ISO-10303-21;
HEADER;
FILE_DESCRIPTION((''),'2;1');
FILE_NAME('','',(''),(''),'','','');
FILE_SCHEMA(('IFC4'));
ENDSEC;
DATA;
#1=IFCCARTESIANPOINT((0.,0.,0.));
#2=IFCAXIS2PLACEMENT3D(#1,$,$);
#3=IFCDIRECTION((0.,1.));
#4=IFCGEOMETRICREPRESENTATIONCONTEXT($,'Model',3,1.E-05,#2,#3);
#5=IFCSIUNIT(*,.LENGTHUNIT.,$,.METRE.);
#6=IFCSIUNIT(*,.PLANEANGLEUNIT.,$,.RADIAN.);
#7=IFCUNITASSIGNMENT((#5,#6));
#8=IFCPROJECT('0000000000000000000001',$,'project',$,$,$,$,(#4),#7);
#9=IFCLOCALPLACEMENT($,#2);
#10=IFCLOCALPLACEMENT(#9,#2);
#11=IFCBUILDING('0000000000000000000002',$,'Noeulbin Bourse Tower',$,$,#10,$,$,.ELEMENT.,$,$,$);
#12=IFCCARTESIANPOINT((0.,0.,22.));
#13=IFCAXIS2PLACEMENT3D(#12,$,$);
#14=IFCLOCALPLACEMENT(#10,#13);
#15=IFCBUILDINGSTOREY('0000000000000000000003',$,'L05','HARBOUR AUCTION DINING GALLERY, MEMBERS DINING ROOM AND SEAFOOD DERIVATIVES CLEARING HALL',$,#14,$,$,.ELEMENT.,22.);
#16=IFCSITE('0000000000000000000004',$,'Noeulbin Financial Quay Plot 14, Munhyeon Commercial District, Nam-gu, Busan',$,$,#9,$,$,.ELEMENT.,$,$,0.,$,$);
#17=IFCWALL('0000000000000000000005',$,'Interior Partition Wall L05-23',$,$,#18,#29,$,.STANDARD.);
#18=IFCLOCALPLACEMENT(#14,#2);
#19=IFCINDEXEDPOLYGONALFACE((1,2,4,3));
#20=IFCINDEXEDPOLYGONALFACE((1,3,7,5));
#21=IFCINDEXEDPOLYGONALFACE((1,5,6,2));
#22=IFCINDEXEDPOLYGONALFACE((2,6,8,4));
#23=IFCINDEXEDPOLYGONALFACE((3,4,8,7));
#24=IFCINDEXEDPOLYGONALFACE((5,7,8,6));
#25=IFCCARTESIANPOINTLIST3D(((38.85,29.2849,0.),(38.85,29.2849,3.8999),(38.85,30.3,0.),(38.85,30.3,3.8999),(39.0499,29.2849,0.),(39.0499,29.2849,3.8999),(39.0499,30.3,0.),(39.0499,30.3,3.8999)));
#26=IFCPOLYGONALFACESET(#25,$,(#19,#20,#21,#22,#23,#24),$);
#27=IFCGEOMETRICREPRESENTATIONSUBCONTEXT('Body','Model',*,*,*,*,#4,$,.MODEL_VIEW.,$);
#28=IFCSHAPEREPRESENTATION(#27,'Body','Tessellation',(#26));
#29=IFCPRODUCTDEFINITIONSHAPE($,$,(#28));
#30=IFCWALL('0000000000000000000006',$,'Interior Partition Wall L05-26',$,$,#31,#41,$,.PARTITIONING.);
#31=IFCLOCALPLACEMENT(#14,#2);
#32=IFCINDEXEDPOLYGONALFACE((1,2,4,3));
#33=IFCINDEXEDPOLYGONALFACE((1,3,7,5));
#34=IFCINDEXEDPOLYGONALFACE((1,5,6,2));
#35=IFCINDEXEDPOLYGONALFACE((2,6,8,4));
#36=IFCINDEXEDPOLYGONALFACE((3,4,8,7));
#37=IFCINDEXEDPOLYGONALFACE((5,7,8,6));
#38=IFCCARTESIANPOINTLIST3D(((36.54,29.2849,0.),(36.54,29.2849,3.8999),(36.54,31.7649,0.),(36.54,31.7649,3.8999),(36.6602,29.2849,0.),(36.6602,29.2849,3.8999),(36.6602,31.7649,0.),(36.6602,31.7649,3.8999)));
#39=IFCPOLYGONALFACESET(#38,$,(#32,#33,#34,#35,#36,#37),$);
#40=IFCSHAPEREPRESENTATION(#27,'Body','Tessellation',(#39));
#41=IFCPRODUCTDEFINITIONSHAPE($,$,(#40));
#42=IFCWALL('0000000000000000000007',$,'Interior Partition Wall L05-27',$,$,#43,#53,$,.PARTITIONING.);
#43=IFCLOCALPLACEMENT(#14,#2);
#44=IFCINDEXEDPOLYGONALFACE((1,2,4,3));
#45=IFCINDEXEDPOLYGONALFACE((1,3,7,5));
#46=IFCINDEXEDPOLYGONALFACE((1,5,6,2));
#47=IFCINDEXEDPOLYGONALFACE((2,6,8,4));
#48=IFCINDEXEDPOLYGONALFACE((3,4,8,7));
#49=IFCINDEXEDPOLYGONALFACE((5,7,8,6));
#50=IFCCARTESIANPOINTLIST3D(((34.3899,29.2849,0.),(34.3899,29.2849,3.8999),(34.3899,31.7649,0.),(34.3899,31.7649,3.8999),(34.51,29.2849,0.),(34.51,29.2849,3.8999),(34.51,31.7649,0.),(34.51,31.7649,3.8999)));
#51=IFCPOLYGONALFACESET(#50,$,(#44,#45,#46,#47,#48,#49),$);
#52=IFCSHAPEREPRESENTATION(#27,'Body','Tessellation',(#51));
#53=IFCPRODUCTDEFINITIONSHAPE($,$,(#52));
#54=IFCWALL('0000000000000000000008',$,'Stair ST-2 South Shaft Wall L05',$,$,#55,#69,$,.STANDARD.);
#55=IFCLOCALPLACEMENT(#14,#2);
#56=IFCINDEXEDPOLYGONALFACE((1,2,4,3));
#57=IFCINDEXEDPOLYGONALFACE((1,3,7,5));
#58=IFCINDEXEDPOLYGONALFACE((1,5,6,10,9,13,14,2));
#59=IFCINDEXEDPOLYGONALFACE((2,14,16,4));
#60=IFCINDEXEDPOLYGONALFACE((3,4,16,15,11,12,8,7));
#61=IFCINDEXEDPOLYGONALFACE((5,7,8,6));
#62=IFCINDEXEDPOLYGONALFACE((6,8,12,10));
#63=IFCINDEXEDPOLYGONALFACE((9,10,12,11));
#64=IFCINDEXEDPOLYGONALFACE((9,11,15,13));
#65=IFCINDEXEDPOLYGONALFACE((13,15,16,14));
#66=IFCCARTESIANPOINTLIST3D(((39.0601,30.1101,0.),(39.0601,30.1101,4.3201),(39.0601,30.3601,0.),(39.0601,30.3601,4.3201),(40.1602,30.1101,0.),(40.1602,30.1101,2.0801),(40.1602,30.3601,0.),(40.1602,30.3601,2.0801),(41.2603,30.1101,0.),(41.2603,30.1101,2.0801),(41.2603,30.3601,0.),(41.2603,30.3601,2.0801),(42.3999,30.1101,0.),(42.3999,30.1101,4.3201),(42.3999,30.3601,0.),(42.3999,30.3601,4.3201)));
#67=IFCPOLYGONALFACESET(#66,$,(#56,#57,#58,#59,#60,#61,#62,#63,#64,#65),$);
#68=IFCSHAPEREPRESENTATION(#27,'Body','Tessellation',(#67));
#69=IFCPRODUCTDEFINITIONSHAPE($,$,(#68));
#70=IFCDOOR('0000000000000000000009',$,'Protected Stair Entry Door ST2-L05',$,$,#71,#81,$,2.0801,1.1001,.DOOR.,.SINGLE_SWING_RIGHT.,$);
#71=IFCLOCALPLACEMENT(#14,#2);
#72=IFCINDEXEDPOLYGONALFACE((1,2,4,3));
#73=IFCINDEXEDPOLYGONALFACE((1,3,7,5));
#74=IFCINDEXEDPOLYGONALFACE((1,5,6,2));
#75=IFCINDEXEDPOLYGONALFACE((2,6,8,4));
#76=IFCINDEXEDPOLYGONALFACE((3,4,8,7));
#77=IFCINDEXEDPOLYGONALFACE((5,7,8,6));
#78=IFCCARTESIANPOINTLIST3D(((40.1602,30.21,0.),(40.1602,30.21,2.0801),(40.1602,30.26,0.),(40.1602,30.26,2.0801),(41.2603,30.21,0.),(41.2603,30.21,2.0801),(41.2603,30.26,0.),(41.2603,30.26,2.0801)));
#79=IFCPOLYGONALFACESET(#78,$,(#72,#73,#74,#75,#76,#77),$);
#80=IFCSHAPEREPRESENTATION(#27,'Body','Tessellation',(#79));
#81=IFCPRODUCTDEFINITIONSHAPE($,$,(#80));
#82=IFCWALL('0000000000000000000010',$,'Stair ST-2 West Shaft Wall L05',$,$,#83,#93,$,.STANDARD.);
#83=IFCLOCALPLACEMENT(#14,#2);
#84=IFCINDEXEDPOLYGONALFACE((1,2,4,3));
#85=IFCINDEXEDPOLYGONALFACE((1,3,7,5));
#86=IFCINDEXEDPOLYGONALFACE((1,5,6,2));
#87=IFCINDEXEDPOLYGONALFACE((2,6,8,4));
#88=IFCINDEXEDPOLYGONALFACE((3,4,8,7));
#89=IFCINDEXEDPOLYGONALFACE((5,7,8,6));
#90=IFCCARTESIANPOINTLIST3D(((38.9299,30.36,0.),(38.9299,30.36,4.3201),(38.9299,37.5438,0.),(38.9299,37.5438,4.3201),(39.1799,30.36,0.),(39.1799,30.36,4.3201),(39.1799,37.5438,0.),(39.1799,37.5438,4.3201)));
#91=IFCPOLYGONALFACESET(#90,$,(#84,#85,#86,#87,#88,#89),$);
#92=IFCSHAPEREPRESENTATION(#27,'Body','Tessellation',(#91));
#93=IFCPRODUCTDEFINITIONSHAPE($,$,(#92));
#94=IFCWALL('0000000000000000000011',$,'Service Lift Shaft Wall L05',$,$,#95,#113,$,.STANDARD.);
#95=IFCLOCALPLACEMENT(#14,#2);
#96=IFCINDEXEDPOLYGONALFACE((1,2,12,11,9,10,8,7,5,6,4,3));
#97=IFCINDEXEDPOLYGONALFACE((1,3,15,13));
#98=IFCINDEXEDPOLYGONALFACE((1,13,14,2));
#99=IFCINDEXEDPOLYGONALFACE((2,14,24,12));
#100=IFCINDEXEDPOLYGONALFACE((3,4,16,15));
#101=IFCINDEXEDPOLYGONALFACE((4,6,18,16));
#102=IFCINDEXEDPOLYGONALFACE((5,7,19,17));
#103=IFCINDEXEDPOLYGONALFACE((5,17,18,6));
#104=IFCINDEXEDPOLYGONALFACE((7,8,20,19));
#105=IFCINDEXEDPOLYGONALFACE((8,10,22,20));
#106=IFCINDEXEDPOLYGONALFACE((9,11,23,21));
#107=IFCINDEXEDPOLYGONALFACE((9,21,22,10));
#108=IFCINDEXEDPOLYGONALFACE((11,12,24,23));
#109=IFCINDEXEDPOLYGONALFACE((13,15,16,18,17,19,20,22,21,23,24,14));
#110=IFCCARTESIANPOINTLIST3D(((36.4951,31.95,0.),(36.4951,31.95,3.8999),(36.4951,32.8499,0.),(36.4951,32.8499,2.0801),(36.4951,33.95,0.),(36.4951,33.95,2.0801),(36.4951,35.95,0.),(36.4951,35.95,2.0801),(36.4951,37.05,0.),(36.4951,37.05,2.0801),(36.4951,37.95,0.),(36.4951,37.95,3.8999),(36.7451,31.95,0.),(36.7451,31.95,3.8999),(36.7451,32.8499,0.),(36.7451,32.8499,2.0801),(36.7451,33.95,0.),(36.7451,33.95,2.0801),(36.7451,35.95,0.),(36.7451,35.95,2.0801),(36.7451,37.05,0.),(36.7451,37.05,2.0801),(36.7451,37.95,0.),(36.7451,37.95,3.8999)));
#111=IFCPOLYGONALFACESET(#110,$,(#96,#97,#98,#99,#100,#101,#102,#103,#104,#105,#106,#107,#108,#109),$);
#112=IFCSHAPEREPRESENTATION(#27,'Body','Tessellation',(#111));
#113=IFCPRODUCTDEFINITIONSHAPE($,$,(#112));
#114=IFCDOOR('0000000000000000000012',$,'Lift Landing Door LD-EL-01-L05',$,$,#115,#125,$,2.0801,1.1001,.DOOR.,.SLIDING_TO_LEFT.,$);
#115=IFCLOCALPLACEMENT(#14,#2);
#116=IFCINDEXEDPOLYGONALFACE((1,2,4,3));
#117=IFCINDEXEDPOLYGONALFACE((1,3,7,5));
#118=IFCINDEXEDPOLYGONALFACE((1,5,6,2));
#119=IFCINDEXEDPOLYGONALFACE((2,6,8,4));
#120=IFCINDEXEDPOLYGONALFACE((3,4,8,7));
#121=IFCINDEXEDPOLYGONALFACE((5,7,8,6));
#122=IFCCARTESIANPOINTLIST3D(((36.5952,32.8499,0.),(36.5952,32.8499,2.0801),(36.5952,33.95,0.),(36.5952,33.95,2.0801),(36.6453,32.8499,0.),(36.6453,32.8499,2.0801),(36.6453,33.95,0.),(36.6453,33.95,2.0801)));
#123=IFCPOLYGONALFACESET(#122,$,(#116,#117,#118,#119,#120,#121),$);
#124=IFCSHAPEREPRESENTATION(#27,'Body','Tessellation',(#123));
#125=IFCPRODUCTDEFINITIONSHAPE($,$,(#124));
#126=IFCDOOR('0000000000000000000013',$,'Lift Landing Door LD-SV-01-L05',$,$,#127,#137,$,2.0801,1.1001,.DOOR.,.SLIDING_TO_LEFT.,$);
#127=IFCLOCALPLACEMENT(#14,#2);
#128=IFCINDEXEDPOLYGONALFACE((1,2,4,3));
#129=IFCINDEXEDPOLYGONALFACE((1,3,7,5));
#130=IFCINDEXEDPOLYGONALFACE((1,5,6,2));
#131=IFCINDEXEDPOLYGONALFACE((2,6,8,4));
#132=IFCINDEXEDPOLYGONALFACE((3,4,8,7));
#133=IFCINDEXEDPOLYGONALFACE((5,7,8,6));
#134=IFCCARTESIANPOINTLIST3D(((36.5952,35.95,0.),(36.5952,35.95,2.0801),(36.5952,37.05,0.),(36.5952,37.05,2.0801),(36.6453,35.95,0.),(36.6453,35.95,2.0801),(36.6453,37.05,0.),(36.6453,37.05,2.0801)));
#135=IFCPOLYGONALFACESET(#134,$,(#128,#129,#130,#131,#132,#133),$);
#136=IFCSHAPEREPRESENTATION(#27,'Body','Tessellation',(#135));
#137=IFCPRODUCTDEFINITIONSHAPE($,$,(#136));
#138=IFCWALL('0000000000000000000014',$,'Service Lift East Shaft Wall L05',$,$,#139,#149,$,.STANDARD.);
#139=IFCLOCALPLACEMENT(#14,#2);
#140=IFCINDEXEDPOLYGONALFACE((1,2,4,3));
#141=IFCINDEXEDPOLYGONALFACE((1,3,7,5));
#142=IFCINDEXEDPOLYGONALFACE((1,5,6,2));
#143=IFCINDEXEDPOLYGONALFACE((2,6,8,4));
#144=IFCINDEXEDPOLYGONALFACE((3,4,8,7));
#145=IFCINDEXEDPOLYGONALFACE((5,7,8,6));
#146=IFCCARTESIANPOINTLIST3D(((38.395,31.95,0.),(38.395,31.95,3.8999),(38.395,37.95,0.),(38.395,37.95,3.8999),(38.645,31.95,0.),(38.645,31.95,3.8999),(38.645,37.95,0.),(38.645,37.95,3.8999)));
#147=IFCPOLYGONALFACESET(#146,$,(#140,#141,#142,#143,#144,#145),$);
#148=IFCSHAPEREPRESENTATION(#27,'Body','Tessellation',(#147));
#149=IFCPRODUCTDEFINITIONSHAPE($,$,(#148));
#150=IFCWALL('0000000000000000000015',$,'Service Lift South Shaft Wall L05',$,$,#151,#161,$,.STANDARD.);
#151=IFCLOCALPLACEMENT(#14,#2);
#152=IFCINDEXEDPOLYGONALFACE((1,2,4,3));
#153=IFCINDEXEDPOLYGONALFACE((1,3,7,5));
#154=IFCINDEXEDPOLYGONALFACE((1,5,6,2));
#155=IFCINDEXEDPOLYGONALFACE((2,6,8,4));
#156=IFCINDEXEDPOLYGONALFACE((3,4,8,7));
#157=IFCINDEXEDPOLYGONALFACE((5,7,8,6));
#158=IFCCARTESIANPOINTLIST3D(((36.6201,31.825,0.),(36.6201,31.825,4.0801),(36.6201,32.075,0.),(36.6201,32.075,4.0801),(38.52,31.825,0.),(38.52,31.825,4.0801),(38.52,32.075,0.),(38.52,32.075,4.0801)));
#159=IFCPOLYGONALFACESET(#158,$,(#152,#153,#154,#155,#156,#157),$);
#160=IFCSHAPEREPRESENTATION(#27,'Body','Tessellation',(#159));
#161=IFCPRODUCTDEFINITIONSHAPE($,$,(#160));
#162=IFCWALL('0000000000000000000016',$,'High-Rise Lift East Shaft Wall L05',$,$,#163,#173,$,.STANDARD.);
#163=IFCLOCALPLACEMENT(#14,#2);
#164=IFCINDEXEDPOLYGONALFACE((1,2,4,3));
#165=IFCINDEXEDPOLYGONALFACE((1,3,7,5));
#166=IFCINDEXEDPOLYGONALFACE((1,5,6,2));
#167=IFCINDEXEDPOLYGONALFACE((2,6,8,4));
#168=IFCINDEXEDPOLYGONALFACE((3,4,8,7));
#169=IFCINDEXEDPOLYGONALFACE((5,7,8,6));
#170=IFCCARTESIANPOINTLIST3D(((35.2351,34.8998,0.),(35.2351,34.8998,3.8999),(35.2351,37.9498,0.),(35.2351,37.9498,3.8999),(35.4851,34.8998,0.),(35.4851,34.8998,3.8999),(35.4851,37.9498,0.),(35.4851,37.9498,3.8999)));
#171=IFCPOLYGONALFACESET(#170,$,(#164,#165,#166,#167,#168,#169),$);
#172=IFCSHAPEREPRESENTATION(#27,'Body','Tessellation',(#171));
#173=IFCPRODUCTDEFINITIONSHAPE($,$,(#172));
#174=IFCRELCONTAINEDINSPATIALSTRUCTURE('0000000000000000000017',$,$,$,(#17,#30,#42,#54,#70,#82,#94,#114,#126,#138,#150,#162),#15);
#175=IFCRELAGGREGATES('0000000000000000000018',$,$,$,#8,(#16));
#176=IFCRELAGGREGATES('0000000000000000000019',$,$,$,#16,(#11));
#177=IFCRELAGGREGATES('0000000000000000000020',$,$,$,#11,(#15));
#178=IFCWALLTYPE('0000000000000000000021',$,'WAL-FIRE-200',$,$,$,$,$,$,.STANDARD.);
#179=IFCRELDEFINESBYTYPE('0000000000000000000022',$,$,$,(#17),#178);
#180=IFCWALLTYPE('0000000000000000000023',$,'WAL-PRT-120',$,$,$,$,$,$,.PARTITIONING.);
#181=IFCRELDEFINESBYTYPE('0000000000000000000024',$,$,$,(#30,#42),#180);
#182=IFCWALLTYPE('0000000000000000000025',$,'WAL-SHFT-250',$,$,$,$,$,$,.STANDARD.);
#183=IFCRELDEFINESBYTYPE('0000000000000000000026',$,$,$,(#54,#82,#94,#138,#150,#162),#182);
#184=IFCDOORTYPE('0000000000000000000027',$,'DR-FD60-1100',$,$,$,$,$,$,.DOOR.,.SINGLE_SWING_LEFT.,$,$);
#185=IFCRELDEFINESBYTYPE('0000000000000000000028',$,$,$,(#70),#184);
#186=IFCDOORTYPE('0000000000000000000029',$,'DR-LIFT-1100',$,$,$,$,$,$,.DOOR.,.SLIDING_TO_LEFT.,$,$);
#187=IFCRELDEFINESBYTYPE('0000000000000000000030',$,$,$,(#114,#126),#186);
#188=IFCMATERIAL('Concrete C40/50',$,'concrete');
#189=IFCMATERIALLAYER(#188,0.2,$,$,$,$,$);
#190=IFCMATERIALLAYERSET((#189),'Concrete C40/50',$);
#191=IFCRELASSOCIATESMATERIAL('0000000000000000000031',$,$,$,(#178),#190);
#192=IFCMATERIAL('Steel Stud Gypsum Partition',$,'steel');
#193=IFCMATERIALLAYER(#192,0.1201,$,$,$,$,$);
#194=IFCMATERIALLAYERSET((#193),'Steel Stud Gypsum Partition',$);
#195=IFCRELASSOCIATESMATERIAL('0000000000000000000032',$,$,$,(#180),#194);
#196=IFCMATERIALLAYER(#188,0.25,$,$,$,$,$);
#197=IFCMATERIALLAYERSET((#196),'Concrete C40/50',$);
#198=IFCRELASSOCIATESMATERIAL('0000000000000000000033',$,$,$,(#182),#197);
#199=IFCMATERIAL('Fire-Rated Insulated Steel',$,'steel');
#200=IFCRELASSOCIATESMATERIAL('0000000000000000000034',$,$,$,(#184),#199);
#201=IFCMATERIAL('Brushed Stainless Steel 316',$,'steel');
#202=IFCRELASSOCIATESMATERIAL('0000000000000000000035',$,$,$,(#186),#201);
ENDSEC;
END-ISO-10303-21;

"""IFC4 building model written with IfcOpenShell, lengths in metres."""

from ifc_helpers import new_model, si_unit, direction, frame, frame_2d, origin, place, context, subcontext, project, spatial, rectangle, extrude, material, layer, layer_set, type_object, element, fill, save


model = new_model("IFC4")

# Units and contexts
model_context = context("Model", 3, precision=1e-05, world=origin(), true_north=direction((0.0, 1.0)))
body_context = subcontext(model_context, "Body", "Model", "MODEL_VIEW")
ifc_project = project(units=[si_unit("LENGTHUNIT", "METRE"), si_unit("PLANEANGLEUNIT", "RADIAN")], contexts=[model_context])

# Site, building, storey
site_placement = place(None, origin())
site = spatial("IfcSite", under=ifc_project, at=site_placement, Name="Noeulbin Financial Quay Plot 14, Munhyeon Commercial District, Nam-gu, Busan", CompositionType="ELEMENT", RefElevation=0.0)
building_placement = place(site_placement, origin())
building = spatial("IfcBuilding", under=site, at=building_placement, Name="Noeulbin Bourse Tower", CompositionType="ELEMENT")
storey_placement = place(building_placement, frame((0.0, 0.0, 22.0)))
storey = spatial("IfcBuildingStorey", under=building, at=storey_placement, Name="L05", Description="HARBOUR AUCTION DINING GALLERY, MEMBERS DINING ROOM AND SEAFOOD DERIVATIVES CLEARING HALL", CompositionType="ELEMENT", Elevation=22.0)

# Walls
ifc_material_1 = material(Name="Concrete C40/50", Category="concrete")
ifc_layer_1 = layer(ifc_material_1, 0.2)
ifc_layer_set_1 = layer_set([ifc_layer_1], Name="Concrete C40/50")
wall_type_1 = type_object("IfcWallType", Name="WAL-FIRE-200", PredefinedType="STANDARD", material=ifc_layer_set_1)
wall_1_placement = place(storey_placement, frame((38.95, 29.2849, 0.0), z_axis=(0.0, 0.0, 1.0), x_axis=(0.0, 1.0, 0.0)))
element("IfcWall", 1, at=wall_1_placement, inside=storey, type_object=wall_type_1, Name="Interior Partition Wall L05-23", PredefinedType="STANDARD", context=body_context, shape_type="SweptSolid", body=[
    extrude(rectangle(XDim=1.0151, YDim=0.2, at=frame_2d((0.5076, 0.0))), origin(), (0.0, 0.0, 1.0), 3.8999),
])
ifc_material_2 = material(Name="Steel Stud Gypsum Partition", Category="steel")
ifc_layer_2 = layer(ifc_material_2, 0.1201)
ifc_layer_set_2 = layer_set([ifc_layer_2], Name="Steel Stud Gypsum Partition")
wall_type_2 = type_object("IfcWallType", Name="WAL-PRT-120", PredefinedType="PARTITIONING", material=ifc_layer_set_2)
for number, where, z_axis, x_axis, name in (
    (2, (36.6001, 29.2849, 0.0), (0.0, 0.0, 1.0), (0.0, 1.0, 0.0), "Interior Partition Wall L05-26"),
    (3, (34.45, 29.2849, 0.0), (0.0, 0.0, 1.0), (0.0, 1.0, 0.0), "Interior Partition Wall L05-27"),
):
    element("IfcWall", number, at=place(storey_placement, frame(where, z_axis=z_axis, x_axis=x_axis)), inside=storey, type_object=wall_type_2, Name=name, PredefinedType="PARTITIONING", context=body_context, shape_type="SweptSolid", body=[
        extrude(rectangle(XDim=2.48, YDim=0.1201, at=frame_2d((1.24, 0.0))), origin(), (0.0, 0.0, 1.0), 3.8999),
    ])

# Wall, opening, door
ifc_layer_3 = layer(ifc_material_1, 0.25)
ifc_layer_set_3 = layer_set([ifc_layer_3], Name="Concrete C40/50")
wall_type_3 = type_object("IfcWallType", Name="WAL-SHFT-250", PredefinedType="STANDARD", material=ifc_layer_set_3)
wall_2_placement = place(storey_placement, frame((39.0601, 30.2351, 0.0), z_axis=(0.0, 0.0, 1.0), x_axis=(1.0, 0.0, 0.0)))
wall_2 = element("IfcWall", 4, at=wall_2_placement, inside=storey, type_object=wall_type_3, Name="Stair ST-2 South Shaft Wall L05", PredefinedType="STANDARD", context=body_context, shape_type="SweptSolid", body=[
    extrude(rectangle(XDim=3.3398, YDim=0.25, at=frame_2d((1.6699, 0.0))), origin(), (0.0, 0.0, 1.0), 4.3201),
])
opening_1_placement = place(wall_2_placement, frame((1.1001, 0.0, 0.0)))
opening_1 = element("IfcOpeningElement", 5, at=opening_1_placement, cuts=wall_2, PredefinedType="OPENING", context=body_context, shape_type="SweptSolid", body=[
    extrude(rectangle(XDim=1.1001, YDim=2.0801, at=frame_2d((0.55, 1.04))), frame((0.0, 0.135, 0.0), z_axis=(0.0, -1.0, 0.0), x_axis=(1.0, 0.0, 0.0)), (0.0, 0.0, 1.0), 0.27),
])
ifc_material_3 = material(Name="Fire-Rated Insulated Steel", Category="steel")
door_type_1 = type_object("IfcDoorType", Name="DR-FD60-1100", OperationType="SINGLE_SWING_LEFT", PredefinedType="DOOR", material=ifc_material_3)
door_1_placement = place(opening_1_placement, origin())
door_1 = element("IfcDoor", 6, at=door_1_placement, inside=storey, type_object=door_type_1, Name="Protected Stair Entry Door ST2-L05", OperationType="SINGLE_SWING_RIGHT", OverallHeight=2.0801, OverallWidth=1.1001, PredefinedType="DOOR", context=body_context, shape_type="SweptSolid", body=[
    extrude(rectangle(XDim=1.1001, YDim=2.0801, at=frame_2d((0.55, 1.04))), frame((0.0, 0.0249, 0.0), z_axis=(0.0, -1.0, 0.0), x_axis=(1.0, 0.0, 0.0)), (0.0, 0.0, 1.0), 0.05),
])
fill(opening_1, door_1)

# Wall
wall_3_placement = place(storey_placement, frame((39.0549, 30.3601, 0.0), z_axis=(0.0, 0.0, 1.0), x_axis=(0.0, 1.0, 0.0)))
element("IfcWall", 7, at=wall_3_placement, inside=storey, type_object=wall_type_3, Name="Stair ST-2 West Shaft Wall L05", PredefinedType="STANDARD", context=body_context, shape_type="SweptSolid", body=[
    extrude(rectangle(XDim=7.1838, YDim=0.25, at=frame_2d((3.5918, 0.0))), origin(), (0.0, 0.0, 1.0), 4.3201),
])

# Wall, openings, doors
wall_4_placement = place(storey_placement, frame((36.6201, 31.95, 0.0), z_axis=(0.0, 0.0, 1.0), x_axis=(0.0, 1.0, 0.0)))
wall_4 = element("IfcWall", 8, at=wall_4_placement, inside=storey, type_object=wall_type_3, Name="Service Lift Shaft Wall L05", PredefinedType="STANDARD", context=body_context, shape_type="SweptSolid", body=[
    extrude(rectangle(XDim=6.0, YDim=0.25, at=frame_2d((3.0, 0.0))), origin(), (0.0, 0.0, 1.0), 3.8999),
])
opening_2_placement = place(wall_4_placement, frame((0.8999, 0.0, 0.0)))
opening_2 = element("IfcOpeningElement", 9, at=opening_2_placement, cuts=wall_4, PredefinedType="OPENING", context=body_context, shape_type="SweptSolid", body=[
    extrude(rectangle(XDim=1.1001, YDim=2.0801, at=frame_2d((0.55, 1.04))), frame((0.0, 0.135, 0.0), z_axis=(0.0, -1.0, 0.0), x_axis=(1.0, 0.0, 0.0)), (0.0, 0.0, 1.0), 0.27),
])
opening_3_placement = place(wall_4_placement, frame((4.0, 0.0, 0.0)))
opening_3 = element("IfcOpeningElement", 10, at=opening_3_placement, cuts=wall_4, PredefinedType="OPENING", context=body_context, shape_type="SweptSolid", body=[
    extrude(rectangle(XDim=1.1001, YDim=2.0801, at=frame_2d((0.55, 1.04))), frame((0.0, 0.135, 0.0), z_axis=(0.0, -1.0, 0.0), x_axis=(1.0, 0.0, 0.0)), (0.0, 0.0, 1.0), 0.27),
])
ifc_material_4 = material(Name="Brushed Stainless Steel 316", Category="steel")
door_type_2 = type_object("IfcDoorType", Name="DR-LIFT-1100", OperationType="SLIDING_TO_LEFT", PredefinedType="DOOR", material=ifc_material_4)
door_2_placement = place(opening_2_placement, origin())
door_2 = element("IfcDoor", 11, at=door_2_placement, inside=storey, type_object=door_type_2, Name="Lift Landing Door LD-EL-01-L05", OperationType="SLIDING_TO_LEFT", OverallHeight=2.0801, OverallWidth=1.1001, PredefinedType="DOOR", context=body_context, shape_type="SweptSolid", body=[
    extrude(rectangle(XDim=1.1001, YDim=2.0801, at=frame_2d((0.55, 1.04))), frame((0.0, 0.0249, 0.0), z_axis=(0.0, -1.0, 0.0), x_axis=(1.0, 0.0, 0.0)), (0.0, 0.0, 1.0), 0.05),
])
fill(opening_2, door_2)
door_3_placement = place(opening_3_placement, origin())
door_3 = element("IfcDoor", 12, at=door_3_placement, inside=storey, type_object=door_type_2, Name="Lift Landing Door LD-SV-01-L05", OperationType="SLIDING_TO_LEFT", OverallHeight=2.0801, OverallWidth=1.1001, PredefinedType="DOOR", context=body_context, shape_type="SweptSolid", body=[
    extrude(rectangle(XDim=1.1001, YDim=2.0801, at=frame_2d((0.55, 1.04))), frame((0.0, 0.0249, 0.0), z_axis=(0.0, -1.0, 0.0), x_axis=(1.0, 0.0, 0.0)), (0.0, 0.0, 1.0), 0.05),
])
fill(opening_3, door_3)

# Walls
wall_5_placement = place(storey_placement, frame((38.52, 31.95, 0.0), z_axis=(0.0, 0.0, 1.0), x_axis=(0.0, 1.0, 0.0)))
element("IfcWall", 13, at=wall_5_placement, inside=storey, type_object=wall_type_3, Name="Service Lift East Shaft Wall L05", PredefinedType="STANDARD", context=body_context, shape_type="SweptSolid", body=[
    extrude(rectangle(XDim=6.0, YDim=0.25, at=frame_2d((3.0, 0.0))), origin(), (0.0, 0.0, 1.0), 3.8999),
])
wall_6_placement = place(storey_placement, frame((36.6201, 31.95, 0.0), z_axis=(0.0, 0.0, 1.0), x_axis=(1.0, 0.0, 0.0)))
element("IfcWall", 14, at=wall_6_placement, inside=storey, type_object=wall_type_3, Name="Service Lift South Shaft Wall L05", PredefinedType="STANDARD", context=body_context, shape_type="SweptSolid", body=[
    extrude(rectangle(XDim=1.8999, YDim=0.25, at=frame_2d((0.95, 0.0))), origin(), (0.0, 0.0, 1.0), 4.0801),
])
wall_7_placement = place(storey_placement, frame((35.3601, 34.8999, 0.0), z_axis=(0.0, 0.0, 1.0), x_axis=(0.0, 1.0, 0.0)))
element("IfcWall", 15, at=wall_7_placement, inside=storey, type_object=wall_type_3, Name="High-Rise Lift East Shaft Wall L05", PredefinedType="STANDARD", context=body_context, shape_type="SweptSolid", body=[
    extrude(rectangle(XDim=3.05, YDim=0.25, at=frame_2d((1.5249, 0.0))), origin(), (0.0, 0.0, 1.0), 3.8999),
])

save(model, "model.ifc")
